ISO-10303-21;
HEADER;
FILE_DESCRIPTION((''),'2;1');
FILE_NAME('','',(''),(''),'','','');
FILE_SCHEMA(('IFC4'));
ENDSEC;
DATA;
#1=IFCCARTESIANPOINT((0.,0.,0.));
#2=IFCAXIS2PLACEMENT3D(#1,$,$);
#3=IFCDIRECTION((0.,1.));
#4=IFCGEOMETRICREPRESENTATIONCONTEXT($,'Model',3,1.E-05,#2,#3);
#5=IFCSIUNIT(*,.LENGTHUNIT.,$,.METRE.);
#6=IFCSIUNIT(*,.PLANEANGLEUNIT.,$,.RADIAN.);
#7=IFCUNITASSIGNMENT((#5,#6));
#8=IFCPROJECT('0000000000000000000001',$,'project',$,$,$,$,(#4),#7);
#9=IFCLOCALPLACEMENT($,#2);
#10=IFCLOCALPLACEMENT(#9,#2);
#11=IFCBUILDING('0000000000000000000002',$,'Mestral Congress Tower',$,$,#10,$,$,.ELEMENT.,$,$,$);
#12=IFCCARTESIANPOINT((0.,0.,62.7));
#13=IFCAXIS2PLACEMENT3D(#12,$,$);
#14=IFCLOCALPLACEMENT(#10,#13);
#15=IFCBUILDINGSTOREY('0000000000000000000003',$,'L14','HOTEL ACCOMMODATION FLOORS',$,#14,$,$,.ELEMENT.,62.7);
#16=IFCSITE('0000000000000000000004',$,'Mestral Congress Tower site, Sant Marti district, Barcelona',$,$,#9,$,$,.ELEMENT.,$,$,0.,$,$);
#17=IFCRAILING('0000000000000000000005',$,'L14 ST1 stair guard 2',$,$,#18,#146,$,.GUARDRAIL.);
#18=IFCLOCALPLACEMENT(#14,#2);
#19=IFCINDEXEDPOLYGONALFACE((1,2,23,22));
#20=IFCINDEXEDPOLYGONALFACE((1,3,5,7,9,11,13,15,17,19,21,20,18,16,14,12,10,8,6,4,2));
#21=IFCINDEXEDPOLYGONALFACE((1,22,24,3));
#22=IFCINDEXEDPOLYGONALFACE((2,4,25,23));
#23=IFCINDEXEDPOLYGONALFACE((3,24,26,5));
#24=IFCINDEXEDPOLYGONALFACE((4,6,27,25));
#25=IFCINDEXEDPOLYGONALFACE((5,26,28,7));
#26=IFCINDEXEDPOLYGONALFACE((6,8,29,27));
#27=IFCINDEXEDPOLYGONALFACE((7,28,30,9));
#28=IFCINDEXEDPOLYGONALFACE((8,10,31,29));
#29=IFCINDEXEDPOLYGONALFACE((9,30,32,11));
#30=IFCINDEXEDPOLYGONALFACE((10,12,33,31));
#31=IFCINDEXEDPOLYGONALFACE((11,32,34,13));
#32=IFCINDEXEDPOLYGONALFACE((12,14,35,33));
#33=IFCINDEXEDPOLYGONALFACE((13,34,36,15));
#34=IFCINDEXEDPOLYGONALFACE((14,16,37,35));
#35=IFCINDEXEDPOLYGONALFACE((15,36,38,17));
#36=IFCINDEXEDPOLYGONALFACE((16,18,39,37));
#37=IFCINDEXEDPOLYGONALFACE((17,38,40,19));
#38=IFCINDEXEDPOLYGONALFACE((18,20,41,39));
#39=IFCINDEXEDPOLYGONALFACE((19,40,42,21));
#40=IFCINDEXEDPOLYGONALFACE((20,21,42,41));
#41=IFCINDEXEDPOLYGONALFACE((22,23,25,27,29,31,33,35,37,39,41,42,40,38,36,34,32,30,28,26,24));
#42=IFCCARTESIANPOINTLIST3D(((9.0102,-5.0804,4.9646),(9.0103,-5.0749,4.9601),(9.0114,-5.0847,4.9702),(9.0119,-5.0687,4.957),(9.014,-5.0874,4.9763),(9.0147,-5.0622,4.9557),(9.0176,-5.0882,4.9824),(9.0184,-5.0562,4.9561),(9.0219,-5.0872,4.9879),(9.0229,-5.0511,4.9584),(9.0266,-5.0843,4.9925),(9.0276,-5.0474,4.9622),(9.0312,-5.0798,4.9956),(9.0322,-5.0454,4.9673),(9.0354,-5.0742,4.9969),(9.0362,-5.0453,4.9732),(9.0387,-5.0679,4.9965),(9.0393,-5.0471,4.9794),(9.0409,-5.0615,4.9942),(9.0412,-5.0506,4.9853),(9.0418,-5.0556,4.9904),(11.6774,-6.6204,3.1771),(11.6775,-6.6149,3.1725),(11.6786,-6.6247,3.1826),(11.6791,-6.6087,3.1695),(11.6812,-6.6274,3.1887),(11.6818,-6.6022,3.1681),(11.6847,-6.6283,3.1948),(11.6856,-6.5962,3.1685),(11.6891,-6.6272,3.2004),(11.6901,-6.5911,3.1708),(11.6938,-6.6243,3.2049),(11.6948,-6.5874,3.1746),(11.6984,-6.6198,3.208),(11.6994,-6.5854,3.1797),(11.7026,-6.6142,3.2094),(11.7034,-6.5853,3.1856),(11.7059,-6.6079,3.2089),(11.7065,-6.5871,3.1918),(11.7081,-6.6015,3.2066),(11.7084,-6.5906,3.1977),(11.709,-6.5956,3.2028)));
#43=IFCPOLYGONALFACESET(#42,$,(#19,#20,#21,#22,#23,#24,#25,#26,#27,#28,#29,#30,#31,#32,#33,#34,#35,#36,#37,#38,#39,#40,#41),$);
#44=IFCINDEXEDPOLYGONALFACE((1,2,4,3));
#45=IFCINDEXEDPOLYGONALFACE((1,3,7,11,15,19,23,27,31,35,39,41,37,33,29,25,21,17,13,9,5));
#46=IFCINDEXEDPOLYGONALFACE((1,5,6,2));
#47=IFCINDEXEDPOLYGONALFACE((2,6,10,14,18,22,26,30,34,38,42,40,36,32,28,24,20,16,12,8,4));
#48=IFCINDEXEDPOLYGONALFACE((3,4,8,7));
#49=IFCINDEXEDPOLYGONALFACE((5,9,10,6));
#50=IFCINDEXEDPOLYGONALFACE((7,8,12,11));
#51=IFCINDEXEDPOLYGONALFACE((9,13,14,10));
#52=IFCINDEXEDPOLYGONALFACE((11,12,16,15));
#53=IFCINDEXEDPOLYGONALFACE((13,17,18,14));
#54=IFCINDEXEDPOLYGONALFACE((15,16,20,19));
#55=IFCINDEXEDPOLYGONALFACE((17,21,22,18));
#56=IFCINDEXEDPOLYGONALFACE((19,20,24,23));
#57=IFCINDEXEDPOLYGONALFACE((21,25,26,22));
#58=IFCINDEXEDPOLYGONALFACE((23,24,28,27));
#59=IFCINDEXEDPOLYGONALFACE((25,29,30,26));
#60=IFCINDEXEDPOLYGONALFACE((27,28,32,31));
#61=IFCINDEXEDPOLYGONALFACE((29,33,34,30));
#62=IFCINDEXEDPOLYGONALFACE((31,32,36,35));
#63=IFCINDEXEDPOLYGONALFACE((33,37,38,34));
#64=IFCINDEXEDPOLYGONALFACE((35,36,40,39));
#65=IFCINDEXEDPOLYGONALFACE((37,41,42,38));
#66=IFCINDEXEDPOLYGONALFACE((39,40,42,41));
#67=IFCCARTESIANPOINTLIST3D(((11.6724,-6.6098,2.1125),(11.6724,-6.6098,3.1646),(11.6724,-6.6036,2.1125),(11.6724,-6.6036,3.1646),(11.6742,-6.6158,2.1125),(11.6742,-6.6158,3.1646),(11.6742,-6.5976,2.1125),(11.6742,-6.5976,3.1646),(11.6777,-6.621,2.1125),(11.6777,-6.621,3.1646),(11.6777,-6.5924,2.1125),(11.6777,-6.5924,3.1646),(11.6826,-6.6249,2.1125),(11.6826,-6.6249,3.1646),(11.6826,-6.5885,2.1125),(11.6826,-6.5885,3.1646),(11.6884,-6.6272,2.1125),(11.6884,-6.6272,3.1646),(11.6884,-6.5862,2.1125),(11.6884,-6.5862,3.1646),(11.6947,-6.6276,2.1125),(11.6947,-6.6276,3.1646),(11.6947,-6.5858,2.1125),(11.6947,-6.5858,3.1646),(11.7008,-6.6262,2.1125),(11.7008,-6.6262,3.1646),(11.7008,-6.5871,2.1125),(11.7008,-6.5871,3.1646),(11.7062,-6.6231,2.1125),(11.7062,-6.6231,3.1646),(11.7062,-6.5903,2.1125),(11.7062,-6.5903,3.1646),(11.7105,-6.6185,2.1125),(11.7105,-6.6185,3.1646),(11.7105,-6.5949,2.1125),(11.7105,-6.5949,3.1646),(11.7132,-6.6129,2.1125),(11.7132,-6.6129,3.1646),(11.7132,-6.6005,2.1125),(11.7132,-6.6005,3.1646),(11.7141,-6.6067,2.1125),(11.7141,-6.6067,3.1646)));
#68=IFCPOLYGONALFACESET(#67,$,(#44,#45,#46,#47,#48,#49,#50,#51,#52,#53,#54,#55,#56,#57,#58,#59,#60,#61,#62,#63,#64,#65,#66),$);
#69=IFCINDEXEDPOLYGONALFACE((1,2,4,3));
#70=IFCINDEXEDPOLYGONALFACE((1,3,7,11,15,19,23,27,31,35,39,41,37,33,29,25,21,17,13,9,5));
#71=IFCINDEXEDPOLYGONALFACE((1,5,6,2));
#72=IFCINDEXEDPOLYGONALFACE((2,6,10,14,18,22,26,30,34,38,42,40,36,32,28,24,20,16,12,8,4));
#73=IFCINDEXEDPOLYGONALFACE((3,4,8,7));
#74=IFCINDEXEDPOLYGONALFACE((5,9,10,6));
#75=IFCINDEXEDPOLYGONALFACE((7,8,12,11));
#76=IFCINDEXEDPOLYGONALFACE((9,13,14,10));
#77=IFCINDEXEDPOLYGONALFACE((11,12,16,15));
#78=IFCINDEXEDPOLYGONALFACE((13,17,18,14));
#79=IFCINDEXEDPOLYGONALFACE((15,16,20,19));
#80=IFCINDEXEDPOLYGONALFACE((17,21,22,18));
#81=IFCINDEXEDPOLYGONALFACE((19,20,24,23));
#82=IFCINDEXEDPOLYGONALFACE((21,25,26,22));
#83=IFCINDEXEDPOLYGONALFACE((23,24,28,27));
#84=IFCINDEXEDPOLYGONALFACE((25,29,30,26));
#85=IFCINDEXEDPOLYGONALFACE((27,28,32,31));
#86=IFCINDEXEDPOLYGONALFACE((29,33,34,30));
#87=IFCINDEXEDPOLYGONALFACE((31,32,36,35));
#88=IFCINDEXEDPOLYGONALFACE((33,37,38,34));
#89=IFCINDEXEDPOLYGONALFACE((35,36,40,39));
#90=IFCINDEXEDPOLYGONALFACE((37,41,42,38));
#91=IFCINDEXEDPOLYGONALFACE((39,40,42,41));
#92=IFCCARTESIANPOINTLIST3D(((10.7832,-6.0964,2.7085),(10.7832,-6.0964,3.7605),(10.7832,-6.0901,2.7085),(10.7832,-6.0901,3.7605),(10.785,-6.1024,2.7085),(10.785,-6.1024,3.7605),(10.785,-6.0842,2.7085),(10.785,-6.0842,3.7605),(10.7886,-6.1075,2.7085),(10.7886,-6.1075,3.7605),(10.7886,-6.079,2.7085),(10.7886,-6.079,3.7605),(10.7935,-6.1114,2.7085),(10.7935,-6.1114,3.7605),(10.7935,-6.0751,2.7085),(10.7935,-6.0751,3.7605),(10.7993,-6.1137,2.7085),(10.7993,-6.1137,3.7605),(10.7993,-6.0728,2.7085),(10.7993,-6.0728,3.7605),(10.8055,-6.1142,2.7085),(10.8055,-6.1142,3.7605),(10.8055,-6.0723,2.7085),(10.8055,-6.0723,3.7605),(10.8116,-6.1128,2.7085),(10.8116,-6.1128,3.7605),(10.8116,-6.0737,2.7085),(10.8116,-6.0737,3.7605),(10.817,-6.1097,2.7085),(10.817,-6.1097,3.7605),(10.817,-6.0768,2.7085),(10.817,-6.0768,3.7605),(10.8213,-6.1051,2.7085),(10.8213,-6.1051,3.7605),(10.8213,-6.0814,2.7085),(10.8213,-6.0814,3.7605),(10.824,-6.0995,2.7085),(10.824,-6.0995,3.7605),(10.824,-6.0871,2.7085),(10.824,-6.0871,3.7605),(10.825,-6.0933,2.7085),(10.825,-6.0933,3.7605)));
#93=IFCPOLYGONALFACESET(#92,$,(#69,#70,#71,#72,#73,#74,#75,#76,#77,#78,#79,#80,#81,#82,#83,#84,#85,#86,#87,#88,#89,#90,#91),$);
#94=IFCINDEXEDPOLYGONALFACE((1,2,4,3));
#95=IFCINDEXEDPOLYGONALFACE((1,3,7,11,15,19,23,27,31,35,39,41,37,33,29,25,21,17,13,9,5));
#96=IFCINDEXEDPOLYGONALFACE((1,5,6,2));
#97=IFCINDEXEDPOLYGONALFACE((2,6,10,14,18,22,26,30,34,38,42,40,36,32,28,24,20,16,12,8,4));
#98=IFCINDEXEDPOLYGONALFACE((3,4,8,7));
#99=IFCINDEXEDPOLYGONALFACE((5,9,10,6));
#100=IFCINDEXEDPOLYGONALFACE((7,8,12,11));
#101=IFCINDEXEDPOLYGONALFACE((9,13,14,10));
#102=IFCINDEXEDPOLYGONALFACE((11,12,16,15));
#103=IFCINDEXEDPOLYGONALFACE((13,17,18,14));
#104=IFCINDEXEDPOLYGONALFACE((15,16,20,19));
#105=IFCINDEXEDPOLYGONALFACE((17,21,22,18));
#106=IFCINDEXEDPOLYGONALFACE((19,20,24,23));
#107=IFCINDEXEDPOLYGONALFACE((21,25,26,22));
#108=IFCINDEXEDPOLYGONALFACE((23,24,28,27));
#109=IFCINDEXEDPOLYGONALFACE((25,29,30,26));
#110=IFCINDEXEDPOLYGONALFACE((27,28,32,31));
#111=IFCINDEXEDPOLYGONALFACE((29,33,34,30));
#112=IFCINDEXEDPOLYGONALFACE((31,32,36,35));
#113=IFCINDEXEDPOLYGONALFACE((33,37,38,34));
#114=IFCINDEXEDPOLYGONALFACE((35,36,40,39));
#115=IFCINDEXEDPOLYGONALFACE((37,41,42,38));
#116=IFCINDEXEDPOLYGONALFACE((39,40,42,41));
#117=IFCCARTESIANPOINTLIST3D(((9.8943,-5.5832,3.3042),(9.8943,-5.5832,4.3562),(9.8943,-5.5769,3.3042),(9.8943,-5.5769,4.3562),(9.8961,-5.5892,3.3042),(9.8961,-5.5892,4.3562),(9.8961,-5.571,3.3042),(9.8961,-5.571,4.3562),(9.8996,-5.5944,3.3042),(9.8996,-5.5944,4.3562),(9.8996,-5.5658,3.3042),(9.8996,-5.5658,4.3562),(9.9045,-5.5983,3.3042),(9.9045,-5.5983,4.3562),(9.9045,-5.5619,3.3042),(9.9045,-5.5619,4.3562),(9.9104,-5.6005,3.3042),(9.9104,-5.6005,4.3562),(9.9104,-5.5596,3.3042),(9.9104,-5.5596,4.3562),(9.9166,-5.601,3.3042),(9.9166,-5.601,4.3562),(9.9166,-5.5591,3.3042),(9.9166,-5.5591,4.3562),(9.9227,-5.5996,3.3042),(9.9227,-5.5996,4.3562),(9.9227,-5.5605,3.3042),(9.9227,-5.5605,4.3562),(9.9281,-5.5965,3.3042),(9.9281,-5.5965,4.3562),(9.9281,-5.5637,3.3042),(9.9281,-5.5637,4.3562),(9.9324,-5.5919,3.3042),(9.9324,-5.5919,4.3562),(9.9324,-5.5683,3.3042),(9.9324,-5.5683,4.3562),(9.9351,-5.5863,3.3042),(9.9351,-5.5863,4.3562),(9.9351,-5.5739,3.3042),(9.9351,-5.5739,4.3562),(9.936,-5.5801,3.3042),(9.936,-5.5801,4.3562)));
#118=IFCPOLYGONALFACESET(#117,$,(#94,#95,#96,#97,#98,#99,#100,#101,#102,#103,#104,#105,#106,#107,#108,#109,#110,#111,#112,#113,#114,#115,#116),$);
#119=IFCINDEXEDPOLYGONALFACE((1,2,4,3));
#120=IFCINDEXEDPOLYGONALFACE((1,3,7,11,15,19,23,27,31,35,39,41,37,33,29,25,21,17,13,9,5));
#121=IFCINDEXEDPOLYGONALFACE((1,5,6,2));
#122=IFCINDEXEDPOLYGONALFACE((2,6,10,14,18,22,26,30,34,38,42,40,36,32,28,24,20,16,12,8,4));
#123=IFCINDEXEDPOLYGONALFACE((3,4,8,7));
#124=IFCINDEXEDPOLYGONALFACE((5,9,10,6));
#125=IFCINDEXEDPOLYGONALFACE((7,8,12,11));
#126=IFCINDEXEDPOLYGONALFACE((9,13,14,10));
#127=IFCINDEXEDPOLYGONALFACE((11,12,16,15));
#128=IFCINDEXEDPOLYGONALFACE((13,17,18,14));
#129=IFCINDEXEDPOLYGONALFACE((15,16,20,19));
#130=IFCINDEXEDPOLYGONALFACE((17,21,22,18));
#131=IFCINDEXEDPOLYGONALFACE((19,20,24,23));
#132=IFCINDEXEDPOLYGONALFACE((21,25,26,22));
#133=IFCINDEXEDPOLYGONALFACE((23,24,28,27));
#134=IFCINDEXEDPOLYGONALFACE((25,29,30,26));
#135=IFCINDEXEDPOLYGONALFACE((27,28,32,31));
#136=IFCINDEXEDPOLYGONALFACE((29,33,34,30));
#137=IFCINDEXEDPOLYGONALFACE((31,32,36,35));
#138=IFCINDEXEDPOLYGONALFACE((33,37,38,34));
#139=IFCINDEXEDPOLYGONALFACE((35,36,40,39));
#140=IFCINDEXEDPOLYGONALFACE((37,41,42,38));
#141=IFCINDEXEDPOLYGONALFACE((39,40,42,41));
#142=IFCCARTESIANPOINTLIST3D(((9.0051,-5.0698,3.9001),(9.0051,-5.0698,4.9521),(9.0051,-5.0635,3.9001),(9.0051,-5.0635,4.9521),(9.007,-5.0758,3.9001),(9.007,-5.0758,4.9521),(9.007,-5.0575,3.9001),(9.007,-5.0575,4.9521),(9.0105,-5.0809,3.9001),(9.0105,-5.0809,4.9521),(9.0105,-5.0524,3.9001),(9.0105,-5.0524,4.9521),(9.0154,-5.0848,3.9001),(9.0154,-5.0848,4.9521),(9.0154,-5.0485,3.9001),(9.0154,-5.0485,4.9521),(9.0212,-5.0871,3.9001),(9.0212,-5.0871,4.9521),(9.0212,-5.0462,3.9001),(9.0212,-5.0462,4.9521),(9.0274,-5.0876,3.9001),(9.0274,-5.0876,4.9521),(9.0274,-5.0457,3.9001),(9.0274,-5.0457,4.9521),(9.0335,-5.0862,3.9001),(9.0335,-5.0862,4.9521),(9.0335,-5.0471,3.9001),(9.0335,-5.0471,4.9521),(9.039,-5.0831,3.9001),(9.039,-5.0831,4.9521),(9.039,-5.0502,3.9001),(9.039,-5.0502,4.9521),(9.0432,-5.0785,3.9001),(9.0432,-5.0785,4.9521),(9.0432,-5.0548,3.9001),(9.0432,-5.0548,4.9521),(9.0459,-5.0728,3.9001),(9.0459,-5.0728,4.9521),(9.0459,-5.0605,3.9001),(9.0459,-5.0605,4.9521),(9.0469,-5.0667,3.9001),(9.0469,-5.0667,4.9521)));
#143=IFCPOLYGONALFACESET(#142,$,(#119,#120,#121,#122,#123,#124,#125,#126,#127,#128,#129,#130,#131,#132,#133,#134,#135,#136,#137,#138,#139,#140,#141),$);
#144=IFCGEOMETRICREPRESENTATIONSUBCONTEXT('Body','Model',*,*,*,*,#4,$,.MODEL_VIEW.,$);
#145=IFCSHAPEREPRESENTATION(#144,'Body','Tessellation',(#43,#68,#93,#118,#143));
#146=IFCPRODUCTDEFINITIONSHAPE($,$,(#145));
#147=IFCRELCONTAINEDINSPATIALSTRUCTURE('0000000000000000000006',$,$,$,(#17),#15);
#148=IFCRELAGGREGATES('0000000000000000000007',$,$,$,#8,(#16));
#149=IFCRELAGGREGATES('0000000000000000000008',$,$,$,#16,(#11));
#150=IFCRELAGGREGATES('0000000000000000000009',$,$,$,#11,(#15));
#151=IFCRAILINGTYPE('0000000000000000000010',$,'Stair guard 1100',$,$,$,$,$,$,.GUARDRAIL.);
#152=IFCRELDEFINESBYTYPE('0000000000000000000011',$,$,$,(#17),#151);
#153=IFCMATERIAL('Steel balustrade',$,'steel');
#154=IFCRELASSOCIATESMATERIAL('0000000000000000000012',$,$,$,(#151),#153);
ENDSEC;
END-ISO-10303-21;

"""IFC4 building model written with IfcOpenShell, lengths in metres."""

from ifc_helpers import new_model, si_unit, direction, frame, origin, origin_2d, place, context, subcontext, project, spatial, circle, extrude, material, type_object, element, save


model = new_model("IFC4")

# Units and contexts
model_context = context("Model", 3, precision=1e-05, world=origin(), true_north=direction((0.0, 1.0)))
body_context = subcontext(model_context, "Body", "Model", "MODEL_VIEW")
ifc_project = project(units=[si_unit("LENGTHUNIT", "METRE"), si_unit("PLANEANGLEUNIT", "RADIAN")], contexts=[model_context])

# Site, building, storey
site_placement = place(None, origin())
site = spatial("IfcSite", under=ifc_project, at=site_placement, Name="Mestral Congress Tower site, Sant Marti district, Barcelona", CompositionType="ELEMENT", RefElevation=0.0)
building_placement = place(site_placement, origin())
building = spatial("IfcBuilding", under=site, at=building_placement, Name="Mestral Congress Tower", CompositionType="ELEMENT")
storey_placement = place(building_placement, frame((0.0, 0.0, 62.7)))
storey = spatial("IfcBuildingStorey", under=building, at=storey_placement, Name="L14", Description="HOTEL ACCOMMODATION FLOORS", CompositionType="ELEMENT", Elevation=62.7)

# Railing
ifc_material_1 = material(Name="Steel balustrade", Category="steel")
railing_type_1 = type_object("IfcRailingType", Name="Stair guard 1100", PredefinedType="GUARDRAIL", material=ifc_material_1)
railing_1_placement = place(storey_placement, frame((11.6931, -6.6067, 2.1125)))
element("IfcRailing", 1, at=railing_1_placement, inside=storey, type_object=railing_type_1, Name="L14 ST1 stair guard 2", PredefinedType="GUARDRAIL", context=body_context, shape_type="SweptSolid", body=[
    extrude(circle(Radius=0.0239, at=origin_2d()), frame((0.0, 0.0, 1.0762), z_axis=(-0.748994, 0.432463, 0.50198), x_axis=(-0.500027, -0.86601, 0.0)), (0.0, 0.0, 1.0), 3.561),
    extrude(circle(Radius=0.021, at=origin_2d()), origin(), (0.0, 0.0, 1.0), 1.052),
    extrude(circle(Radius=0.021, at=origin_2d()), frame((-0.8892, 0.5134, 0.5959)), (0.0, 0.0, 1.0), 1.052),
    extrude(circle(Radius=0.021, at=origin_2d()), frame((-1.7781, 1.0266, 1.1917)), (0.0, 0.0, 1.0), 1.052),
    extrude(circle(Radius=0.021, at=origin_2d()), frame((-2.6672, 1.54, 1.7876)), (0.0, 0.0, 1.0), 1.052),
])

save(model, "model.ifc")
